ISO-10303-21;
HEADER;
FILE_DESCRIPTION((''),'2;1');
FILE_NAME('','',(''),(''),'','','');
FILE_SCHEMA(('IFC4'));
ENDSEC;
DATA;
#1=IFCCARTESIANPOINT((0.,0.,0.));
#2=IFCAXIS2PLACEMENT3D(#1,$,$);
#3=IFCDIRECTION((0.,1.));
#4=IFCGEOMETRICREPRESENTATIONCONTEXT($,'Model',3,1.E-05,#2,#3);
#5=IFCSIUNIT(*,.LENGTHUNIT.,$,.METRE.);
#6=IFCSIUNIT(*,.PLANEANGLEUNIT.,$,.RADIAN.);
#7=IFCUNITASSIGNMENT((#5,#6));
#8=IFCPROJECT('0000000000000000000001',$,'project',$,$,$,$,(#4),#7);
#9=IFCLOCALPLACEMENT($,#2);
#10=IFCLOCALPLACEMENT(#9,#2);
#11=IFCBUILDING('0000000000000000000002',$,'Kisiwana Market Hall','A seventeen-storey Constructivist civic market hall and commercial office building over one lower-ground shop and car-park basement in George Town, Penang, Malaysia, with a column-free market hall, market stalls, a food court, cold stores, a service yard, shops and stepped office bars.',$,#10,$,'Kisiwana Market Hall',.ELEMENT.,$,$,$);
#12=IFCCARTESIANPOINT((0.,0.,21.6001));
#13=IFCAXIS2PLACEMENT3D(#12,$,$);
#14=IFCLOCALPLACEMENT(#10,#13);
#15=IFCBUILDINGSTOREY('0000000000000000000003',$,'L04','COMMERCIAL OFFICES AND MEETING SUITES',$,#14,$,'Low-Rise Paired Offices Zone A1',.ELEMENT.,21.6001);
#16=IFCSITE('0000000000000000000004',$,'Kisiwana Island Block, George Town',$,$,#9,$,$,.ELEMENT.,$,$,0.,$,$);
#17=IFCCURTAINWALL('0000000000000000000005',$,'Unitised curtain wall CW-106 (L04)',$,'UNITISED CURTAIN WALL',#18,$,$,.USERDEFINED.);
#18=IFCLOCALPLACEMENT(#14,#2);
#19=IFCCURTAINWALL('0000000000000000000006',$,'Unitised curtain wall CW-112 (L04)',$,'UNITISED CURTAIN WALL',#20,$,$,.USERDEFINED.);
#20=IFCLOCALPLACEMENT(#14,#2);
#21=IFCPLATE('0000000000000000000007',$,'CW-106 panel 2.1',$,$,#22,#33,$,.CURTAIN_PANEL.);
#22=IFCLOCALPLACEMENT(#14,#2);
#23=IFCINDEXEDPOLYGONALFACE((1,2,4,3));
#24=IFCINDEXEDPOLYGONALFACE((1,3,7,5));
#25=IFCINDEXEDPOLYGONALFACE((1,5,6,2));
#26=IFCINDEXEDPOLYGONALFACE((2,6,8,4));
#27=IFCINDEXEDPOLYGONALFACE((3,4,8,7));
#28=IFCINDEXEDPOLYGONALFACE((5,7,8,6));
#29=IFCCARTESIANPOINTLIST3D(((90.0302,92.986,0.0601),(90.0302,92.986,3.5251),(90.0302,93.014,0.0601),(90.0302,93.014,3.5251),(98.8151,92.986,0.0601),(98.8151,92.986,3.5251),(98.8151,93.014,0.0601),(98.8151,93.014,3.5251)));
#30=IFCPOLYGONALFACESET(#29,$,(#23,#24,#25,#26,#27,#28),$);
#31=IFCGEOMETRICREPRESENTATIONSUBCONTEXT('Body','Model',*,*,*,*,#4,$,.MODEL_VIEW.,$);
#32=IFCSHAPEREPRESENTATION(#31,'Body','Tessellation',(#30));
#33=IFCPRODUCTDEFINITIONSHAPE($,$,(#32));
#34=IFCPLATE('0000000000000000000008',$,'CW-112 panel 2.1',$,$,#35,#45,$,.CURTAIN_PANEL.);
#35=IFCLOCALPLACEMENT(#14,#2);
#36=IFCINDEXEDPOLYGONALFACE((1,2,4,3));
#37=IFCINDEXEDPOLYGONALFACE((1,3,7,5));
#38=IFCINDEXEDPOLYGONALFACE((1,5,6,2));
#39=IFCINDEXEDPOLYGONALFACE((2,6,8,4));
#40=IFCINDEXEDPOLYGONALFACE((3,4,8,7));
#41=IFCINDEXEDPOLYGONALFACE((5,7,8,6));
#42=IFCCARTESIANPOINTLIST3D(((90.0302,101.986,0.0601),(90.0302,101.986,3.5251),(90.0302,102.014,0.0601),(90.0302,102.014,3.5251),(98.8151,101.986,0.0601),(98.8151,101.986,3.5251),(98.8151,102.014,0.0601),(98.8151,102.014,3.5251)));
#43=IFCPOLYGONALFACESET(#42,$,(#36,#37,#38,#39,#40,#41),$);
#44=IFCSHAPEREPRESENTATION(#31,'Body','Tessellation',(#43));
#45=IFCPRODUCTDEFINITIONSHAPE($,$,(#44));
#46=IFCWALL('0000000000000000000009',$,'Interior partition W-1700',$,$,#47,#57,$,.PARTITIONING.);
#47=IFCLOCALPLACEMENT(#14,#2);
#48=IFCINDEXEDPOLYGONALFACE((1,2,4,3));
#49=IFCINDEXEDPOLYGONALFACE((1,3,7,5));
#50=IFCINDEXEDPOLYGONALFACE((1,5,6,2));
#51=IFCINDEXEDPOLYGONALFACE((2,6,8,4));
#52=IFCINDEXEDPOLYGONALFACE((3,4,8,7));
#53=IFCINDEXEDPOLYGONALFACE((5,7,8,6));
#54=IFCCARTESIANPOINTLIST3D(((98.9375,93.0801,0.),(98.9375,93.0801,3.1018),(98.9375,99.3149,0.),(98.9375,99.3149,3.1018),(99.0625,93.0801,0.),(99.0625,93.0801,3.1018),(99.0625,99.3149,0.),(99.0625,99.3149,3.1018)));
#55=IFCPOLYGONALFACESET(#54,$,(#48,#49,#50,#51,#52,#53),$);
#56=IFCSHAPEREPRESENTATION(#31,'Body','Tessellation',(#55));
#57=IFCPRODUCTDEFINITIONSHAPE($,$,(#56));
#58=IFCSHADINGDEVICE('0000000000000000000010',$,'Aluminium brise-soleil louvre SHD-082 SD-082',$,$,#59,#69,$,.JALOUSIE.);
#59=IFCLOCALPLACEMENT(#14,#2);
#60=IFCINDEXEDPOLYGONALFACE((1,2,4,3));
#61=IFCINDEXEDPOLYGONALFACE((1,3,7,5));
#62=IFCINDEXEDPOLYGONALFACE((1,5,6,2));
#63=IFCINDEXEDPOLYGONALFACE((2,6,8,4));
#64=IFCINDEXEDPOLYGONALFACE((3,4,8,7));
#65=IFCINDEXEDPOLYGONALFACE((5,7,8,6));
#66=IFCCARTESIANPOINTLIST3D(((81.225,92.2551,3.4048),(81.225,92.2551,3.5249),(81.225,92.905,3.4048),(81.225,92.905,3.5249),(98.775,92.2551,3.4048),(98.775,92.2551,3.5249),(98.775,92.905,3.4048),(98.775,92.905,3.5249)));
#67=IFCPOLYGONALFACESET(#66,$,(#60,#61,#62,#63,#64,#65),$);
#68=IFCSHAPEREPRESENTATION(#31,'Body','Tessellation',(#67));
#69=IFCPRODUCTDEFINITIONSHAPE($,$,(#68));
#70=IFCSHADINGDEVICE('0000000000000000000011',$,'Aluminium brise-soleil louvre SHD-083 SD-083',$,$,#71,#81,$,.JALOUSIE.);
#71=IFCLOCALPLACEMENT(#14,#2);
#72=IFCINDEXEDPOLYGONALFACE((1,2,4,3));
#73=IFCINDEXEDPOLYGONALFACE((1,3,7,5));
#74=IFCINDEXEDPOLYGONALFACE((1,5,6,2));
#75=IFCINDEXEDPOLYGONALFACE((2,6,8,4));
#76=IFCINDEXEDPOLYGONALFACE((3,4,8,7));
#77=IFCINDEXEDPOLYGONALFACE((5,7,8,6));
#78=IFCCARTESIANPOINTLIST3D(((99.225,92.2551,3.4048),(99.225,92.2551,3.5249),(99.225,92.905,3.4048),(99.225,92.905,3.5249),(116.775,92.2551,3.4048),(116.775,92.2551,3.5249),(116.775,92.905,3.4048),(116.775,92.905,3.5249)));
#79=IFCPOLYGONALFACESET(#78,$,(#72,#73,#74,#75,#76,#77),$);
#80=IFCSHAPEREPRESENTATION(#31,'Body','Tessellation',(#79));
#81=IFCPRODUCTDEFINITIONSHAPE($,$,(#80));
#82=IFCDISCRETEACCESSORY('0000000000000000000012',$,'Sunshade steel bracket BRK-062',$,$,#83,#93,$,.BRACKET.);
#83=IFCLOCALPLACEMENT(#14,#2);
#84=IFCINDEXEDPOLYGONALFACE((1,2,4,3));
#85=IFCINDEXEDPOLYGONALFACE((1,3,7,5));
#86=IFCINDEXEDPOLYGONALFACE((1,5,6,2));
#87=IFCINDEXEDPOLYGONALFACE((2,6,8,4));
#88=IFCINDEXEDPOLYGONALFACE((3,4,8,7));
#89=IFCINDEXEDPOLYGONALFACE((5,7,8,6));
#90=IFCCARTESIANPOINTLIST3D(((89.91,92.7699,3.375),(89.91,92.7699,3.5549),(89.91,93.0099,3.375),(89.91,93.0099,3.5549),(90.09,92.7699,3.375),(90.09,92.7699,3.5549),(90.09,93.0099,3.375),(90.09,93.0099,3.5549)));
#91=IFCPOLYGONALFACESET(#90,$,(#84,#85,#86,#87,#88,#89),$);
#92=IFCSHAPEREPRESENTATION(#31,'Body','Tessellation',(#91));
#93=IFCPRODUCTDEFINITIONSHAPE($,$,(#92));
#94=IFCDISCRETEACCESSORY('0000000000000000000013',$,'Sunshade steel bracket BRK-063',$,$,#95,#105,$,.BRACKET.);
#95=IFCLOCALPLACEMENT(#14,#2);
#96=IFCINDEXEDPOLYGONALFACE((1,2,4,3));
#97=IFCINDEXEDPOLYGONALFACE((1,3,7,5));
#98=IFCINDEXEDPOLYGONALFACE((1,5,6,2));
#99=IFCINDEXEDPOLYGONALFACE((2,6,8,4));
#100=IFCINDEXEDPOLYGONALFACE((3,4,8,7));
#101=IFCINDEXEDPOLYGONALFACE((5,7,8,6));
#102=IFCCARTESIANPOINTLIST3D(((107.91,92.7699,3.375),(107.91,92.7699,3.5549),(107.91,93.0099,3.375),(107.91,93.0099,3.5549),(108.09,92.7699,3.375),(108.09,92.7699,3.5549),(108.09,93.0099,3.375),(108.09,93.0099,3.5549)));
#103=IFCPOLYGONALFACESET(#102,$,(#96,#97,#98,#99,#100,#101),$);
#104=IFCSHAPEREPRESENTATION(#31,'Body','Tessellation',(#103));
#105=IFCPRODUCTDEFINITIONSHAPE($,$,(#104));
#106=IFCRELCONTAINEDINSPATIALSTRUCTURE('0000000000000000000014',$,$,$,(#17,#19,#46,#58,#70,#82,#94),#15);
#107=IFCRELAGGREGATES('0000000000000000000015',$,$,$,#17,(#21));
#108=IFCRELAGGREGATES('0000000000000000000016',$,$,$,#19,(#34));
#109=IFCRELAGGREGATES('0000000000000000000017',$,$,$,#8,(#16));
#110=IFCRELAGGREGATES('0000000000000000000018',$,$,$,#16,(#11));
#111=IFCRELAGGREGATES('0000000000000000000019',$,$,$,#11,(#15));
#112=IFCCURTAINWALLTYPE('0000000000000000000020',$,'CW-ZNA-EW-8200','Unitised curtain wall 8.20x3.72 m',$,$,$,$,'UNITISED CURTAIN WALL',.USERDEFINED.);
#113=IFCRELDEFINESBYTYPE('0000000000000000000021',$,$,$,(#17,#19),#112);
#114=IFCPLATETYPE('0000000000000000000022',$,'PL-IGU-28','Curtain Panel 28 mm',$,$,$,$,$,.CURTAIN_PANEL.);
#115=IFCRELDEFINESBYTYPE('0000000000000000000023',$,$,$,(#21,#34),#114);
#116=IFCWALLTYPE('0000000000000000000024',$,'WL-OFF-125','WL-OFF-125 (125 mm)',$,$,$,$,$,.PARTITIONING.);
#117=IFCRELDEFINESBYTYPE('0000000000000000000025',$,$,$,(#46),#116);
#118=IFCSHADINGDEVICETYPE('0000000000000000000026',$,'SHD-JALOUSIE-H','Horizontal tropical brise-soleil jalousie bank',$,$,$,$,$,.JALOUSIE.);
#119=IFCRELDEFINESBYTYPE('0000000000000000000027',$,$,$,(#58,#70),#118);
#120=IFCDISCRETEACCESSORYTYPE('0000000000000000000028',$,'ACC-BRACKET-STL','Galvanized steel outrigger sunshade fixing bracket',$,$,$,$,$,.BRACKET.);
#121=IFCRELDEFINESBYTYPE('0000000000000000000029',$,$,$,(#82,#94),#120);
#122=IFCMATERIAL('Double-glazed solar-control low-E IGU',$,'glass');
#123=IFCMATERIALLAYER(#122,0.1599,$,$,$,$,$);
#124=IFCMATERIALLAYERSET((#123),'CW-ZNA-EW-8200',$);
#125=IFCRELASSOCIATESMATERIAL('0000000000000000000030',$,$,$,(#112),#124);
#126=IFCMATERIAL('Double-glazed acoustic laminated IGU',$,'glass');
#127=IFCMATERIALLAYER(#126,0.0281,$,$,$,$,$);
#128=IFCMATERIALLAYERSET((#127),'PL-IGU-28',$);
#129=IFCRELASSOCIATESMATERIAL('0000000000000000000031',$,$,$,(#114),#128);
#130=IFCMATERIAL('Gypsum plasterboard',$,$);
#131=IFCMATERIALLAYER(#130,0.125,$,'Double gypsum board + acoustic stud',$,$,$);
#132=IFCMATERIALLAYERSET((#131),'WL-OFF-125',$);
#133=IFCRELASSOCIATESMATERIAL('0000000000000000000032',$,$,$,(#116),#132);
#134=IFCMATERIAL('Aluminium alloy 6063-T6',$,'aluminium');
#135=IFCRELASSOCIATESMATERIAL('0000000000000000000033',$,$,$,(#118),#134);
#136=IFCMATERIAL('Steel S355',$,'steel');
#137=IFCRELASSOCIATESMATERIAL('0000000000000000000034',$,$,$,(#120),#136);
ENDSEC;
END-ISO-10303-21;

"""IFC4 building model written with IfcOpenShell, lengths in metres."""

from ifc_helpers import new_model, si_unit, direction, frame, frame_2d, origin, origin_2d, place, context, subcontext, project, spatial, rectangle, extrude, material, layer, layer_set, type_object, element, aggregate, save


model = new_model("IFC4")

# Units and contexts
model_context = context("Model", 3, precision=1e-05, world=origin(), true_north=direction((0.0, 1.0)))
body_context = subcontext(model_context, "Body", "Model", "MODEL_VIEW")
ifc_project = project(units=[si_unit("LENGTHUNIT", "METRE"), si_unit("PLANEANGLEUNIT", "RADIAN")], contexts=[model_context])

# Site, building, storey
site_placement = place(None, origin())
site = spatial("IfcSite", under=ifc_project, at=site_placement, Name="Kisiwana Island Block, George Town", CompositionType="ELEMENT", RefElevation=0.0)
building_placement = place(site_placement, origin())
building = spatial("IfcBuilding", under=site, at=building_placement, Name="Kisiwana Market Hall", Description="A seventeen-storey Constructivist civic market hall and commercial office building over one lower-ground shop and car-park basement in George Town, Penang, Malaysia, with a column-free market hall, market stalls, a food court, cold stores, a service yard, shops and stepped office bars.", LongName="Kisiwana Market Hall", CompositionType="ELEMENT")
storey_placement = place(building_placement, frame((0.0, 0.0, 21.6001)))
storey = spatial("IfcBuildingStorey", under=building, at=storey_placement, Name="L04", Description="COMMERCIAL OFFICES AND MEETING SUITES", LongName="Low-Rise Paired Offices Zone A1", CompositionType="ELEMENT", Elevation=21.6001)

# Curtain wall
ifc_material_1 = material(Name="Double-glazed solar-control low-E IGU", Category="glass")
ifc_layer_1 = layer(ifc_material_1, 0.1599)
ifc_layer_set_1 = layer_set([ifc_layer_1], Name="CW-ZNA-EW-8200")
curtain_wall_type = type_object("IfcCurtainWallType", Name="CW-ZNA-EW-8200", Description="Unitised curtain wall 8.20x3.72 m", ElementType="UNITISED CURTAIN WALL", PredefinedType="USERDEFINED", material=ifc_layer_set_1)
curtain_wall_1_placement = place(storey_placement, origin())
curtain_wall_1 = element("IfcCurtainWall", 1, at=curtain_wall_1_placement, inside=storey, type_object=curtain_wall_type, Name="Unitised curtain wall CW-106 (L04)", ObjectType="UNITISED CURTAIN WALL", PredefinedType="USERDEFINED")

# Curtain wall
curtain_wall_2_placement = place(storey_placement, origin())
curtain_wall_2 = element("IfcCurtainWall", 2, at=curtain_wall_2_placement, inside=storey, type_object=curtain_wall_type, Name="Unitised curtain wall CW-112 (L04)", ObjectType="UNITISED CURTAIN WALL", PredefinedType="USERDEFINED")

# Plates
ifc_material_2 = material(Name="Double-glazed acoustic laminated IGU", Category="glass")
ifc_layer_2 = layer(ifc_material_2, 0.0281)
ifc_layer_set_2 = layer_set([ifc_layer_2], Name="PL-IGU-28")
plate_type_1 = type_object("IfcPlateType", Name="PL-IGU-28", Description="Curtain Panel 28 mm", PredefinedType="CURTAIN_PANEL", material=ifc_layer_set_2)
plate_1_placement = place(storey_placement, frame((94.4226, 93.0, 0.0601), z_axis=(0.0, 0.0, 1.0), x_axis=(1.0, 0.0, 0.0)))
plate_1 = element("IfcPlate", 3, at=plate_1_placement, type_object=plate_type_1, Name="CW-106 panel 2.1", PredefinedType="CURTAIN_PANEL", context=body_context, shape_type="SweptSolid", body=[
    extrude(rectangle(XDim=8.7849, YDim=0.0281, at=origin_2d()), origin(), (0.0, 0.0, 1.0), 3.4651),
])
aggregate(curtain_wall_1, [plate_1])
plate_2_placement = place(storey_placement, frame((94.4226, 102.0, 0.0601), z_axis=(0.0, 0.0, 1.0), x_axis=(1.0, 0.0, 0.0)))
plate_2 = element("IfcPlate", 4, at=plate_2_placement, type_object=plate_type_1, Name="CW-112 panel 2.1", PredefinedType="CURTAIN_PANEL", context=body_context, shape_type="SweptSolid", body=[
    extrude(rectangle(XDim=8.7849, YDim=0.0281, at=origin_2d()), origin(), (0.0, 0.0, 1.0), 3.4651),
])
aggregate(curtain_wall_2, [plate_2])

# Wall
ifc_material_3 = material(Name="Gypsum plasterboard")
ifc_layer_3 = layer(ifc_material_3, 0.125, Name="Double gypsum board + acoustic stud")
ifc_layer_set_3 = layer_set([ifc_layer_3], Name="WL-OFF-125")
wall_type = type_object("IfcWallType", Name="WL-OFF-125", Description="WL-OFF-125 (125 mm)", PredefinedType="PARTITIONING", material=ifc_layer_set_3)
wall_placement = place(storey_placement, frame((99.0, 93.0801, 0.0), z_axis=(0.0, 0.0, 1.0), x_axis=(0.0, 1.0, 0.0)))
element("IfcWall", 5, at=wall_placement, inside=storey, type_object=wall_type, Name="Interior partition W-1700", PredefinedType="PARTITIONING", context=body_context, shape_type="SweptSolid", body=[
    extrude(rectangle(XDim=6.2349, YDim=0.125, at=frame_2d((3.1174, 0.0))), origin(), (0.0, 0.0, 1.0), 3.1018),
])

# Shading devices
ifc_material_4 = material(Name="Aluminium alloy 6063-T6", Category="aluminium")
shading_device_type = type_object("IfcShadingDeviceType", Name="SHD-JALOUSIE-H", Description="Horizontal tropical brise-soleil jalousie bank", PredefinedType="JALOUSIE", material=ifc_material_4)
for number, where, z_axis, x_axis, name in (
    (6, (90.0, 92.5801, 3.4048), (0.0, 0.0, 1.0), (1.0, 0.0, 0.0), "Aluminium brise-soleil louvre SHD-082 SD-082"),
    (7, (108.0, 92.5801, 3.4048), (0.0, 0.0, 1.0), (1.0, 0.0, 0.0), "Aluminium brise-soleil louvre SHD-083 SD-083"),
):
    element("IfcShadingDevice", number, at=place(storey_placement, frame(where, z_axis=z_axis, x_axis=x_axis)), inside=storey, type_object=shading_device_type, Name=name, PredefinedType="JALOUSIE", context=body_context, shape_type="SweptSolid", body=[
        extrude(rectangle(XDim=17.55, YDim=0.6499, at=origin_2d()), origin(), (0.0, 0.0, 1.0), 0.1201),
    ])

# Discrete accessories
ifc_material_5 = material(Name="Steel S355", Category="steel")
discrete_accessory_type = type_object("IfcDiscreteAccessoryType", Name="ACC-BRACKET-STL", Description="Galvanized steel outrigger sunshade fixing bracket", PredefinedType="BRACKET", material=ifc_material_5)
for number, where, z_axis, x_axis, name in (
    (8, (90.0, 92.8899, 3.375), (0.0, 0.0, 1.0), (1.0, 0.0, 0.0), "Sunshade steel bracket BRK-062"),
    (9, (108.0, 92.8899, 3.375), (0.0, 0.0, 1.0), (1.0, 0.0, 0.0), "Sunshade steel bracket BRK-063"),
):
    element("IfcDiscreteAccessory", number, at=place(storey_placement, frame(where, z_axis=z_axis, x_axis=x_axis)), inside=storey, type_object=discrete_accessory_type, Name=name, PredefinedType="BRACKET", context=body_context, shape_type="SweptSolid", body=[
        extrude(rectangle(XDim=0.1799, YDim=0.24, at=origin_2d()), origin(), (0.0, 0.0, 1.0), 0.1799),
    ])

save(model, "model.ifc")
